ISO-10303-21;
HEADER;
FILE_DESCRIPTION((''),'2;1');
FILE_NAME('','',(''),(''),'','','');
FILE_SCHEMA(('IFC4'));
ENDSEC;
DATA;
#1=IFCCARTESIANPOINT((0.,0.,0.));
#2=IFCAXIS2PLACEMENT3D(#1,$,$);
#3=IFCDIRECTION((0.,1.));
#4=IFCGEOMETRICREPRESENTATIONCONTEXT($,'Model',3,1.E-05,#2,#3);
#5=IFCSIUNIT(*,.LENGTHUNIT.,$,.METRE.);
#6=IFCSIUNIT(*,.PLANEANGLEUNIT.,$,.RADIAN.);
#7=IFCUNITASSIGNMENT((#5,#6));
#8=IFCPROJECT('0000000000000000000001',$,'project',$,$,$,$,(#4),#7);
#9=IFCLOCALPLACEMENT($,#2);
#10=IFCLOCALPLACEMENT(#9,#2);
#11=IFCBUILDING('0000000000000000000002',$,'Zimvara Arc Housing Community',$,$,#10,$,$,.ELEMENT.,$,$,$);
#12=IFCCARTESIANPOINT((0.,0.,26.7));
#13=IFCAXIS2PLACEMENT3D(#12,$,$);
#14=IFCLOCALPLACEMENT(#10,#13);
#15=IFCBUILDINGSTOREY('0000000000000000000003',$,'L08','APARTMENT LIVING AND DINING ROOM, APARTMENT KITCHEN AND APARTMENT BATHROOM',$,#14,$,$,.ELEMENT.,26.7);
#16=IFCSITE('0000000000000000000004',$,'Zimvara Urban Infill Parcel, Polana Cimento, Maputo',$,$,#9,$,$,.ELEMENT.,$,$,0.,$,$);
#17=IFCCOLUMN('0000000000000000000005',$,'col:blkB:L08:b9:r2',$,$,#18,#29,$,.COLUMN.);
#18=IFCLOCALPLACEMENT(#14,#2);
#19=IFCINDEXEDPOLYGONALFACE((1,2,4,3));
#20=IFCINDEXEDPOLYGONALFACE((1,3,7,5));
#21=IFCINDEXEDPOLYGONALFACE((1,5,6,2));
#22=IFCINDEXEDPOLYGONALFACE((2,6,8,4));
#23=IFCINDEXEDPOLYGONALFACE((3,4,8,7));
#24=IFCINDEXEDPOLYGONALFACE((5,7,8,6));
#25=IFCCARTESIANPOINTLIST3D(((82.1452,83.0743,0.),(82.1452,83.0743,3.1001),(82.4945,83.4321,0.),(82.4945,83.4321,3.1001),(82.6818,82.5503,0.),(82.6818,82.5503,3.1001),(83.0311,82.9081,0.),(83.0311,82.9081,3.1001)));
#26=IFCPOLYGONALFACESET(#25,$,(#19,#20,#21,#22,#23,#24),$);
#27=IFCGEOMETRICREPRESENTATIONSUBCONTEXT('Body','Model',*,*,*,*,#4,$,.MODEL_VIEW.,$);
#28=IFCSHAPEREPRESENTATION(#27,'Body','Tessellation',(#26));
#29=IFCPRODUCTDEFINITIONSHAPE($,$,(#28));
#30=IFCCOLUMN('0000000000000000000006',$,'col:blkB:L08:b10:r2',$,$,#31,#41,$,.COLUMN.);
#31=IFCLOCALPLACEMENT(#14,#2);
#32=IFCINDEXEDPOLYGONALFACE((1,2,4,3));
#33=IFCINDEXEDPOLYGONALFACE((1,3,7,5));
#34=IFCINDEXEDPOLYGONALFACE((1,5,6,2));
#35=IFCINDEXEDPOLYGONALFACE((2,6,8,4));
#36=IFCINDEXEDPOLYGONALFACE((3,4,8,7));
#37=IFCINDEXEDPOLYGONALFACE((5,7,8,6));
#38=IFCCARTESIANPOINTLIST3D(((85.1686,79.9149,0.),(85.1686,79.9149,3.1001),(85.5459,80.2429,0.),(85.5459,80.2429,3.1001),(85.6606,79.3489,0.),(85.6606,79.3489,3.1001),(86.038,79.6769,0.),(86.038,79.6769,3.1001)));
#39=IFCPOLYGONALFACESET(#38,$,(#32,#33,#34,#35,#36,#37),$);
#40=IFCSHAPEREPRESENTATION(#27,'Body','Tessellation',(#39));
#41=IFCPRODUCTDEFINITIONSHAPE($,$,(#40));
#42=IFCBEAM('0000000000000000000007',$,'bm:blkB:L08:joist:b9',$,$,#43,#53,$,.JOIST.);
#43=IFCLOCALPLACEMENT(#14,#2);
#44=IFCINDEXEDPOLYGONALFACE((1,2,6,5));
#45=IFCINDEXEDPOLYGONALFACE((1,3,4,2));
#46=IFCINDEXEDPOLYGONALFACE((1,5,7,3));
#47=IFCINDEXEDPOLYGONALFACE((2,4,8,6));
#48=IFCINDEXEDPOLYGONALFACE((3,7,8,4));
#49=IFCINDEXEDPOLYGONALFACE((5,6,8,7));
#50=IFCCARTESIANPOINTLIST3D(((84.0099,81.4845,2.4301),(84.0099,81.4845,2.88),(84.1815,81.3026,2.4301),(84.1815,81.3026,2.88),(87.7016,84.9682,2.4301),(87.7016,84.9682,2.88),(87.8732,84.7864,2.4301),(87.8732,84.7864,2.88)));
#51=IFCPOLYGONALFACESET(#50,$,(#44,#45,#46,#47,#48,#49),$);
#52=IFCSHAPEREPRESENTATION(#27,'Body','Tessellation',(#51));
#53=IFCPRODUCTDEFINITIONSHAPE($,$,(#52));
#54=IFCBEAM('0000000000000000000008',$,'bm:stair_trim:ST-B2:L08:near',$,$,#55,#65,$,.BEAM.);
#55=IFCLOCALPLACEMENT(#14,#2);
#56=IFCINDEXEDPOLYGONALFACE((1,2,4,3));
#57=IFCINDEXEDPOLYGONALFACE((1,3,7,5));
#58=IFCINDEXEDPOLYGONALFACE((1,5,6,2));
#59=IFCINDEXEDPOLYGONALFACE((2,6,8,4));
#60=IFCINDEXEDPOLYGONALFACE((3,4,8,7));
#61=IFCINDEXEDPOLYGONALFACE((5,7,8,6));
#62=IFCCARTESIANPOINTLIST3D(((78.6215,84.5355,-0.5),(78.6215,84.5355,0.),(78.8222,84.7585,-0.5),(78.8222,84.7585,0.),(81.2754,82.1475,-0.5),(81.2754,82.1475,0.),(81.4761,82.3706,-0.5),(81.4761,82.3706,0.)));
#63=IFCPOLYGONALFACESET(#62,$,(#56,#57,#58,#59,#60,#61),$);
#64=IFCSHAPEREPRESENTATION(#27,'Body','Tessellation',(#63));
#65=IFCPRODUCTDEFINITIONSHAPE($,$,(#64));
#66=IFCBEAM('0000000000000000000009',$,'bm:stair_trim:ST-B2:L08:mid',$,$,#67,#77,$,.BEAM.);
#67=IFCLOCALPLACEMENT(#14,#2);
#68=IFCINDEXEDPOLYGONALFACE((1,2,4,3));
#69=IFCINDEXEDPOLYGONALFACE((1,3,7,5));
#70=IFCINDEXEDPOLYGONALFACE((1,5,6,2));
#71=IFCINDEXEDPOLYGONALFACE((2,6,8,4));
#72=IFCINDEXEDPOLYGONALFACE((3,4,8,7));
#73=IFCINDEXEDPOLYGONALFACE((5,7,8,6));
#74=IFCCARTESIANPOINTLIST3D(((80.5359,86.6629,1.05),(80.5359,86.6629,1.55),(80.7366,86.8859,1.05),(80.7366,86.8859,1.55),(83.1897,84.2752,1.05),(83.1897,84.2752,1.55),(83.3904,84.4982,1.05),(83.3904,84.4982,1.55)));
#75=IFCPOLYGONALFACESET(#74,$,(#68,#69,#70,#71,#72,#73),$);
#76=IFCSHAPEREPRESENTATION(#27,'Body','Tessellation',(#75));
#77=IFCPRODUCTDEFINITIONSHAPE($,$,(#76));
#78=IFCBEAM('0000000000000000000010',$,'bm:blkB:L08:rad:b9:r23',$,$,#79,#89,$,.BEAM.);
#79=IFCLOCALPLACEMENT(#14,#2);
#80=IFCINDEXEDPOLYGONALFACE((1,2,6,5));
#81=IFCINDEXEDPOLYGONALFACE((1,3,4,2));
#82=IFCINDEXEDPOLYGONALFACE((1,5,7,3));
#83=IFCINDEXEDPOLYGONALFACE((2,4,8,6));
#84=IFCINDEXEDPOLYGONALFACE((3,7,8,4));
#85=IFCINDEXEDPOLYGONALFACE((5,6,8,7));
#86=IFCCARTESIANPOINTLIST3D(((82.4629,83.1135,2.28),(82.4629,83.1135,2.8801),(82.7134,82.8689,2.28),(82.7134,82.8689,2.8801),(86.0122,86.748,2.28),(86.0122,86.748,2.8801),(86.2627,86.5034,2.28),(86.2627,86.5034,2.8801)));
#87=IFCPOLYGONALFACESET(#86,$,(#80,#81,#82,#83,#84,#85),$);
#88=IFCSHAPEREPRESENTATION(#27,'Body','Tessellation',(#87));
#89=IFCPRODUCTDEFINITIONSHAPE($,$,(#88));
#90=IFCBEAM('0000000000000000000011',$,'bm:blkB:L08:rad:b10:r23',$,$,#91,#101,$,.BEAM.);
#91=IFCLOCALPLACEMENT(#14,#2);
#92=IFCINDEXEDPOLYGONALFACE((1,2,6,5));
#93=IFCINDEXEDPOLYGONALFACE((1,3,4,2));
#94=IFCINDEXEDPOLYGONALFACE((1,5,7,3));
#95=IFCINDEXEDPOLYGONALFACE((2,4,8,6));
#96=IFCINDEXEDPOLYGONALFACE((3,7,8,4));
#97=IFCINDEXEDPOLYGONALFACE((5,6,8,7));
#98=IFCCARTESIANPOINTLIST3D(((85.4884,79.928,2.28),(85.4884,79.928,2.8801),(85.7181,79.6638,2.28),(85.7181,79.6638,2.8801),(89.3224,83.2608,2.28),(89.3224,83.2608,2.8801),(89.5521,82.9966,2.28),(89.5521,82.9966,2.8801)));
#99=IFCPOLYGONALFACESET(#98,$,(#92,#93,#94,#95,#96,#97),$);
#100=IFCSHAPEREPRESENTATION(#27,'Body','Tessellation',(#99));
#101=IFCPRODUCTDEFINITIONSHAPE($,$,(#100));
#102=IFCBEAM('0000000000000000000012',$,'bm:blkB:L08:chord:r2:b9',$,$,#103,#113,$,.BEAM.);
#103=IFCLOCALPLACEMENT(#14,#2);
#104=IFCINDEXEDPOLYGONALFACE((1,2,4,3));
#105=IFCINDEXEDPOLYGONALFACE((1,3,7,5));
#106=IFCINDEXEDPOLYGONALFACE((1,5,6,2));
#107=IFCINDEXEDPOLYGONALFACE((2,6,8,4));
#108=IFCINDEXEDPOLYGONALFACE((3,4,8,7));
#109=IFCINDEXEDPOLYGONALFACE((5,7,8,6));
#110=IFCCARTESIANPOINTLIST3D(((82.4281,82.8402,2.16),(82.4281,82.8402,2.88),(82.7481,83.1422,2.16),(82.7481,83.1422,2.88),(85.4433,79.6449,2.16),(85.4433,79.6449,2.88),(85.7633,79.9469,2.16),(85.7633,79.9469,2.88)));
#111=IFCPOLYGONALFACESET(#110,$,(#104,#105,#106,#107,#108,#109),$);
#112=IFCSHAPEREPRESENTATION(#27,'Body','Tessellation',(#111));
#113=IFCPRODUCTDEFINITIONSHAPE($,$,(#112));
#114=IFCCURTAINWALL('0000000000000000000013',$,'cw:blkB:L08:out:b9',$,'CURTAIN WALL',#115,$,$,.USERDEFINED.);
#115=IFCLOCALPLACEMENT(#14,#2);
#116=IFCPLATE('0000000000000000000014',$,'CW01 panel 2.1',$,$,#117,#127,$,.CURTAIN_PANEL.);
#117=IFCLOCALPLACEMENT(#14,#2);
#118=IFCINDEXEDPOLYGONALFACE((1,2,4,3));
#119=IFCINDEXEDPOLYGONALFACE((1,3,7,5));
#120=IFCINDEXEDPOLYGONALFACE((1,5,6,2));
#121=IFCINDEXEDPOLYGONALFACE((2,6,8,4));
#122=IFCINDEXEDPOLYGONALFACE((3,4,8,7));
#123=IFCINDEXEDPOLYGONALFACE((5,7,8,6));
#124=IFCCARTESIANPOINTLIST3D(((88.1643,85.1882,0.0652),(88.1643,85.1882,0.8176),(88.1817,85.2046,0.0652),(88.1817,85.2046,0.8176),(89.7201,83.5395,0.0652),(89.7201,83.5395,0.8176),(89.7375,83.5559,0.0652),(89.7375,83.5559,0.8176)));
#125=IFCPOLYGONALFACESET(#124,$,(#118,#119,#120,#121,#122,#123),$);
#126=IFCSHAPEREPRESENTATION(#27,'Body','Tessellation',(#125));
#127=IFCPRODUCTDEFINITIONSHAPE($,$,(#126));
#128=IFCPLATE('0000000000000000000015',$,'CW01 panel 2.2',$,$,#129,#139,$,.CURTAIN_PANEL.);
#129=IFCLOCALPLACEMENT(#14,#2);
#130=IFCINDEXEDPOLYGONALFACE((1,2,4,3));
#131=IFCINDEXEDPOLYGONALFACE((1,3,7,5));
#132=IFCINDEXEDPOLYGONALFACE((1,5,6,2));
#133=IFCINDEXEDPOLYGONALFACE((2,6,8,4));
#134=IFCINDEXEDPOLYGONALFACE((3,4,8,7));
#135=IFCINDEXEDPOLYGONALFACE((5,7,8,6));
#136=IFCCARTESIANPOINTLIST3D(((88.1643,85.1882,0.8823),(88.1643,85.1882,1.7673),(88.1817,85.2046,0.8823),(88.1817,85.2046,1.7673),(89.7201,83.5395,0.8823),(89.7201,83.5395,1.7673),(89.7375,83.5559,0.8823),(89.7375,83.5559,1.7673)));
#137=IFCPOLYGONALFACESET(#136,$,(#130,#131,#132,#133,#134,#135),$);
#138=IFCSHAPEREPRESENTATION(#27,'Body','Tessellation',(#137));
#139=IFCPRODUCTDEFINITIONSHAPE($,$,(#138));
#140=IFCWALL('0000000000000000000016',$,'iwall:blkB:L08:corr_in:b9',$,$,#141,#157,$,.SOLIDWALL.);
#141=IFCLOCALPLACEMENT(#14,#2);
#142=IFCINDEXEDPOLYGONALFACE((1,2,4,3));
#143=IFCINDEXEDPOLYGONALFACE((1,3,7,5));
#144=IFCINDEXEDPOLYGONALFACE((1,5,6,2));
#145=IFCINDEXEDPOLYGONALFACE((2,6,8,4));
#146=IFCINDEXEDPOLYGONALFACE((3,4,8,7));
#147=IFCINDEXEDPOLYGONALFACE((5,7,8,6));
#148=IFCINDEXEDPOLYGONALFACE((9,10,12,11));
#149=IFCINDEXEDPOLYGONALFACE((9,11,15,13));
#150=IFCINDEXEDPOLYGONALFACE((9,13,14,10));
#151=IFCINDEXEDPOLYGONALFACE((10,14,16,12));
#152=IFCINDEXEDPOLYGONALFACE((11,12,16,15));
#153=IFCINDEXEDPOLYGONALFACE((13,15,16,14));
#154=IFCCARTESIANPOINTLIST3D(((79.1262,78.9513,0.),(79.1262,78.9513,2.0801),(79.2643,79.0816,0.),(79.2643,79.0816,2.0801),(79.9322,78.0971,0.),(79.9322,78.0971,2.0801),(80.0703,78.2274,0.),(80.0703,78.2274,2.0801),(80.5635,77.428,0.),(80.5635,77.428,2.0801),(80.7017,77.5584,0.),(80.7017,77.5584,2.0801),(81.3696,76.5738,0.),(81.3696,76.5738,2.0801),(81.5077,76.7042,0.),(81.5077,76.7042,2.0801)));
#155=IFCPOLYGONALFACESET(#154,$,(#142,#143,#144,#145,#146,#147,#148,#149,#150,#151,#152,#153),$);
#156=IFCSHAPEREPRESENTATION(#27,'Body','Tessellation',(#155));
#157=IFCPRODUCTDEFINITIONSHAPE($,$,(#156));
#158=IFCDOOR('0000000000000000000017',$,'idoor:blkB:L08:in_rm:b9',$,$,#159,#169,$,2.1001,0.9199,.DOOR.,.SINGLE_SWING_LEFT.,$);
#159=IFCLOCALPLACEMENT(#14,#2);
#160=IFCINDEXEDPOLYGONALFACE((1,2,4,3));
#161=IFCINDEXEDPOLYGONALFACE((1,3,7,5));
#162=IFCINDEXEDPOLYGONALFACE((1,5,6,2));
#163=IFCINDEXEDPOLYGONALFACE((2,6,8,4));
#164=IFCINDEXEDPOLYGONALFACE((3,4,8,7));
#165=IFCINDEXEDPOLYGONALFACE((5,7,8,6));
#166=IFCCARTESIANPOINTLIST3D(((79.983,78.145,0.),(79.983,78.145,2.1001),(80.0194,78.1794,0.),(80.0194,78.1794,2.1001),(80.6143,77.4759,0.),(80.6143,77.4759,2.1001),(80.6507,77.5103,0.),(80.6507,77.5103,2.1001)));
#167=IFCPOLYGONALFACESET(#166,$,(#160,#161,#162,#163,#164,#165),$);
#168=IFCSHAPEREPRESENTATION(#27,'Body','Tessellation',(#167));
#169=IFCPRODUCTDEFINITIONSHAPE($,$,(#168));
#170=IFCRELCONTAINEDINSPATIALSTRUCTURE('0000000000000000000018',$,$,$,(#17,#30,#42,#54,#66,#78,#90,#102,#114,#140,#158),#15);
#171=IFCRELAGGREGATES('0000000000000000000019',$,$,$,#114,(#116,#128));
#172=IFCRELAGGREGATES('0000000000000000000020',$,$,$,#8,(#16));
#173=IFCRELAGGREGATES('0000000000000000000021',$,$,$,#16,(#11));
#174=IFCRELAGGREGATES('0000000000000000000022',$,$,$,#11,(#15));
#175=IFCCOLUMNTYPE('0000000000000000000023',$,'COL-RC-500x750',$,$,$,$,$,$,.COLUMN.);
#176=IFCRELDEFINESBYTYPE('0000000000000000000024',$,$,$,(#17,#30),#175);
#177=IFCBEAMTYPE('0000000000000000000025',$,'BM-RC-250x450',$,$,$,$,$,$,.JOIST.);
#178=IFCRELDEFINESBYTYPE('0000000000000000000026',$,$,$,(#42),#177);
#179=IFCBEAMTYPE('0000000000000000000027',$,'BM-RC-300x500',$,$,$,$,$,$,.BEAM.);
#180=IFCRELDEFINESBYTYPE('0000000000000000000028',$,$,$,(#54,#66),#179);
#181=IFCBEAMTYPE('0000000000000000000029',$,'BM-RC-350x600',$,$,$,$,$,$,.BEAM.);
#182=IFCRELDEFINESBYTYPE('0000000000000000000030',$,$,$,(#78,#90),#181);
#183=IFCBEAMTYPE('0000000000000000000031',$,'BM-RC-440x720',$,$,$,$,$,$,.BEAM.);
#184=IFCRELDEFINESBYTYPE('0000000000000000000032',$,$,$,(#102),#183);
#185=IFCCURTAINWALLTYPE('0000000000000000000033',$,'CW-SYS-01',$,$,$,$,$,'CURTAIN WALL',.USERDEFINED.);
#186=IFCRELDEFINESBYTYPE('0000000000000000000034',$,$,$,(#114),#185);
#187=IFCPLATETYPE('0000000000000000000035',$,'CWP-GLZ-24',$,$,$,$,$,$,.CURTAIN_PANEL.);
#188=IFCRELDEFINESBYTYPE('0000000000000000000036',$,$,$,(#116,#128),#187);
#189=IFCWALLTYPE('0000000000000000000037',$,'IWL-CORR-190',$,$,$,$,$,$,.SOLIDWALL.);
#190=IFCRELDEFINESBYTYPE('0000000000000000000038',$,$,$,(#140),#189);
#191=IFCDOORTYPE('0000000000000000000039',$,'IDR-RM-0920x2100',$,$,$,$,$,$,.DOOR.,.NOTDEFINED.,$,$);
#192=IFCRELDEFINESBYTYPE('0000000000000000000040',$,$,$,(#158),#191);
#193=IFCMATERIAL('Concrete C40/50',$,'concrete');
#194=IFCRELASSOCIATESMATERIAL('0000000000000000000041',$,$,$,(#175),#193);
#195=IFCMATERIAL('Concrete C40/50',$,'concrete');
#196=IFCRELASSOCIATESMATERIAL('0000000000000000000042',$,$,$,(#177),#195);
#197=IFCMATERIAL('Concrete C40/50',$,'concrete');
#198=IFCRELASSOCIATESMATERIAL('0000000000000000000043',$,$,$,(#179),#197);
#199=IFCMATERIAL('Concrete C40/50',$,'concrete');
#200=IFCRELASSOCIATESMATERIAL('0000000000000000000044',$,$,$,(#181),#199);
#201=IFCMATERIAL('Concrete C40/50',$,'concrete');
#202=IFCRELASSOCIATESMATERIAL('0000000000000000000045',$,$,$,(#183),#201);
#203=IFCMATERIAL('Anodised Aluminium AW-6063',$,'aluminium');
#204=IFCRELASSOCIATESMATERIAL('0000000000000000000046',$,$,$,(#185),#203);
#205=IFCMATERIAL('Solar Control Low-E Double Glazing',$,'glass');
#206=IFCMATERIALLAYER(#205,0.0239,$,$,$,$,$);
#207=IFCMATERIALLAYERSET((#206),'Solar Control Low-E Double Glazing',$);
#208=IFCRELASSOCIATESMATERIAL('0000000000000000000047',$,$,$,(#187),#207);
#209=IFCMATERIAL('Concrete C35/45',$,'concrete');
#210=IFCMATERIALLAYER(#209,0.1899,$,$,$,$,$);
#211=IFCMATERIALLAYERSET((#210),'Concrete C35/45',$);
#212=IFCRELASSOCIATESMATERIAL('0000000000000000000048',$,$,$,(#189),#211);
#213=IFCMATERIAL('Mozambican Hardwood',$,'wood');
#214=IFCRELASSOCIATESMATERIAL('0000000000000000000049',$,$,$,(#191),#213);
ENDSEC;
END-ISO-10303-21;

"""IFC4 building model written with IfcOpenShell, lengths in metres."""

from ifc_helpers import new_model, si_unit, direction, frame, frame_2d, origin, origin_2d, place, context, subcontext, project, spatial, rectangle, extrude, material, layer, layer_set, material_profile, profile_set, type_object, element, fill, aggregate, save


model = new_model("IFC4")

# Units and contexts
model_context = context("Model", 3, precision=1e-05, world=origin(), true_north=direction((0.0, 1.0)))
body_context = subcontext(model_context, "Body", "Model", "MODEL_VIEW")
ifc_project = project(units=[si_unit("LENGTHUNIT", "METRE"), si_unit("PLANEANGLEUNIT", "RADIAN")], contexts=[model_context])

# Site, building, storey
site_placement = place(None, origin())
site = spatial("IfcSite", under=ifc_project, at=site_placement, Name="Zimvara Urban Infill Parcel, Polana Cimento, Maputo", CompositionType="ELEMENT", RefElevation=0.0)
building_placement = place(site_placement, origin())
building = spatial("IfcBuilding", under=site, at=building_placement, Name="Zimvara Arc Housing Community", CompositionType="ELEMENT")
storey_placement = place(building_placement, frame((0.0, 0.0, 26.7)))
storey = spatial("IfcBuildingStorey", under=building, at=storey_placement, Name="L08", Description="APARTMENT LIVING AND DINING ROOM, APARTMENT KITCHEN AND APARTMENT BATHROOM", CompositionType="ELEMENT", Elevation=26.7)

# Columns
ifc_material_1 = material(Name="Concrete C40/50", Category="concrete")
ifc_material_profile_1 = material_profile(ifc_material_1, rectangle(XDim=0.5, YDim=0.75, at=origin_2d()), Name="RC 500x750")
ifc_profile_set_1 = profile_set([ifc_material_profile_1], Name="Concrete C40/50")
column_type = type_object("IfcColumnType", Name="COL-RC-500x750", PredefinedType="COLUMN", material=ifc_profile_set_1)
for number, where, z_axis, x_axis, name in (
    (1, (82.5881, 82.9912, 0.0), (0.0, 0.0, 1.0), (0.698665, 0.715449, 0.0), "col:blkB:L08:b9:r2"),
    (2, (85.6033, 79.7959, 0.0), (0.0, 0.0, 1.0), (0.75471, 0.656059, 0.0), "col:blkB:L08:b10:r2"),
):
    element("IfcColumn", number, at=place(storey_placement, frame(where, z_axis=z_axis, x_axis=x_axis)), inside=storey, type_object=column_type, Name=name, PredefinedType="COLUMN", context=body_context, shape_type="SweptSolid", body=[
        extrude(rectangle(XDim=0.5, YDim=0.75, at=origin_2d()), origin(), (0.0, 0.0, 1.0), 3.1001),
    ])

# Beams
ifc_material_2 = material(Name="Concrete C40/50", Category="concrete")
ifc_material_profile_2 = material_profile(ifc_material_2, rectangle(XDim=0.25, YDim=0.45, at=origin_2d()), Name="RC 250x450")
ifc_profile_set_2 = profile_set([ifc_material_profile_2], Name="Concrete C40/50")
beam_type_1 = type_object("IfcBeamType", Name="BM-RC-250x450", PredefinedType="JOIST", material=ifc_profile_set_2)
beam_1_placement = place(storey_placement, frame((84.0957, 81.3936, 2.655), z_axis=(0.7273, 0.68632, 0.0), x_axis=(-0.68632, 0.7273, 0.0)))
element("IfcBeam", 3, at=beam_1_placement, inside=storey, type_object=beam_type_1, Name="bm:blkB:L08:joist:b9", PredefinedType="JOIST", context=body_context, shape_type="SweptSolid", body=[
    extrude(rectangle(XDim=0.25, YDim=0.45, at=origin_2d()), origin(), (0.0, 0.0, 1.0), 5.0759),
])
ifc_material_3 = material(Name="Concrete C40/50", Category="concrete")
ifc_material_profile_3 = material_profile(ifc_material_3, rectangle(XDim=0.3, YDim=0.5, at=origin_2d()), Name="RC 300x500")
ifc_profile_set_3 = profile_set([ifc_material_profile_3], Name="Concrete C40/50")
beam_type_2 = type_object("IfcBeamType", Name="BM-RC-300x500", PredefinedType="BEAM", material=ifc_profile_set_3)
beam_2_placement = place(storey_placement, frame((81.3757, 82.259, -0.25), z_axis=(-0.743362, 0.668889, 0.0), x_axis=(-0.668889, -0.743362, 0.0)))
element("IfcBeam", 4, at=beam_2_placement, inside=storey, type_object=beam_type_2, Name="bm:stair_trim:ST-B2:L08:near", PredefinedType="BEAM", context=body_context, shape_type="SweptSolid", body=[
    extrude(rectangle(XDim=0.3, YDim=0.5, at=origin_2d()), origin(), (0.0, 0.0, 1.0), 3.5701),
])
beam_3_placement = place(storey_placement, frame((83.29, 84.3867, 1.3), z_axis=(-0.743396, 0.668851, 0.0), x_axis=(-0.668851, -0.743396, 0.0)))
element("IfcBeam", 5, at=beam_3_placement, inside=storey, type_object=beam_type_2, Name="bm:stair_trim:ST-B2:L08:mid", PredefinedType="BEAM", context=body_context, shape_type="SweptSolid", body=[
    extrude(rectangle(XDim=0.3, YDim=0.5, at=origin_2d()), origin(), (0.0, 0.0, 1.0), 3.5698),
])
ifc_material_4 = material(Name="Concrete C40/50", Category="concrete")
ifc_material_profile_4 = material_profile(ifc_material_4, rectangle(XDim=0.3501, YDim=0.6001, at=origin_2d()), Name="RC 350x600")
ifc_profile_set_4 = profile_set([ifc_material_profile_4], Name="Concrete C40/50")
beam_type_3 = type_object("IfcBeamType", Name="BM-RC-350x600", PredefinedType="BEAM", material=ifc_profile_set_4)
for number, where, z_axis, x_axis, name in (
    (6, (82.5881, 82.9912, 2.5801), (0.698671, 0.715443, 0.0), (-0.715443, 0.698671, 0.0), "bm:blkB:L08:rad:b9:r23"),
    (7, (85.6033, 79.7959, 2.5801), (0.754716, 0.656051, 0.0), (-0.656051, 0.754716, 0.0), "bm:blkB:L08:rad:b10:r23"),
):
    element("IfcBeam", number, at=place(storey_placement, frame(where, z_axis=z_axis, x_axis=x_axis)), inside=storey, type_object=beam_type_3, Name=name, PredefinedType="BEAM", context=body_context, shape_type="SweptSolid", body=[
        extrude(rectangle(XDim=0.3501, YDim=0.6001, at=origin_2d()), origin(), (0.0, 0.0, 1.0), 5.0801),
    ])
ifc_material_5 = material(Name="Concrete C40/50", Category="concrete")
ifc_material_profile_5 = material_profile(ifc_material_5, rectangle(XDim=0.4399, YDim=0.72, at=origin_2d()), Name="RC 440x720")
ifc_profile_set_5 = profile_set([ifc_material_profile_5], Name="Concrete C40/50")
beam_type_4 = type_object("IfcBeamType", Name="BM-RC-440x720", PredefinedType="BEAM", material=ifc_profile_set_5)
beam_4_placement = place(storey_placement, frame((82.5881, 82.9912, 2.52), z_axis=(0.686304, -0.727315, 0.0), x_axis=(0.727315, 0.686304, 0.0)))
element("IfcBeam", 8, at=beam_4_placement, inside=storey, type_object=beam_type_4, Name="bm:blkB:L08:chord:r2:b9", PredefinedType="BEAM", context=body_context, shape_type="SweptSolid", body=[
    extrude(rectangle(XDim=0.4399, YDim=0.72, at=origin_2d()), origin(), (0.0, 0.0, 1.0), 4.3933),
])

# Curtain wall, plates
ifc_material_6 = material(Name="Anodised Aluminium AW-6063", Category="aluminium")
curtain_wall_type = type_object("IfcCurtainWallType", Name="CW-SYS-01", ElementType="CURTAIN WALL", PredefinedType="USERDEFINED", material=ifc_material_6)
curtain_wall_placement = place(storey_placement, origin())
curtain_wall = element("IfcCurtainWall", 9, at=curtain_wall_placement, inside=storey, type_object=curtain_wall_type, Name="cw:blkB:L08:out:b9", ObjectType="CURTAIN WALL", PredefinedType="USERDEFINED")
ifc_material_7 = material(Name="Solar Control Low-E Double Glazing", Category="glass")
ifc_layer_1 = layer(ifc_material_7, 0.0239)
ifc_layer_set_1 = layer_set([ifc_layer_1], Name="Solar Control Low-E Double Glazing")
plate_type = type_object("IfcPlateType", Name="CWP-GLZ-24", PredefinedType="CURTAIN_PANEL", material=ifc_layer_set_1)
plate_1_placement = place(storey_placement, frame((88.9509, 84.3721, 0.0652), z_axis=(0.0, 0.0, 1.0), x_axis=(0.686326, -0.727294, 0.0)))
plate_1 = element("IfcPlate", 10, at=plate_1_placement, type_object=plate_type, Name="CW01 panel 2.1", PredefinedType="CURTAIN_PANEL", context=body_context, shape_type="SweptSolid", body=[
    extrude(rectangle(XDim=2.2668, YDim=0.0239, at=origin_2d()), origin(), (0.0, 0.0, 1.0), 0.7524),
])
plate_2_placement = place(storey_placement, frame((88.9509, 84.3721, 0.8823), z_axis=(0.0, 0.0, 1.0), x_axis=(0.686326, -0.727294, 0.0)))
plate_2 = element("IfcPlate", 11, at=plate_2_placement, type_object=plate_type, Name="CW01 panel 2.2", PredefinedType="CURTAIN_PANEL", context=body_context, shape_type="SweptSolid", body=[
    extrude(rectangle(XDim=2.2668, YDim=0.0239, at=origin_2d()), origin(), (0.0, 0.0, 1.0), 0.885),
])
aggregate(curtain_wall, [plate_1, plate_2])

# Wall, opening, door
ifc_material_8 = material(Name="Concrete C35/45", Category="concrete")
ifc_layer_2 = layer(ifc_material_8, 0.1899)
ifc_layer_set_2 = layer_set([ifc_layer_2], Name="Concrete C35/45")
wall_type_1 = type_object("IfcWallType", Name="IWL-CORR-190", PredefinedType="SOLIDWALL", material=ifc_layer_set_2)
wall_1_placement = place(storey_placement, frame((79.1953, 79.0164, 0.0), z_axis=(0.0, 0.0, 1.0), x_axis=(0.686308, -0.727311, 0.0)))
wall_1 = element("IfcWall", 12, at=wall_1_placement, inside=storey, type_object=wall_type_1, Name="iwall:blkB:L08:corr_in:b9", PredefinedType="SOLIDWALL", context=body_context, shape_type="SweptSolid", body=[
    extrude(rectangle(XDim=3.2688, YDim=0.1899, at=frame_2d((1.6343, 0.0))), origin(), (0.0, 0.0, 1.0), 2.0801),
])
opening_1_placement = place(wall_1_placement, frame((1.1743, 0.0, 0.0)))
opening_1 = element("IfcOpeningElement", 13, at=opening_1_placement, cuts=wall_1, PredefinedType="OPENING", context=body_context, shape_type="SweptSolid", body=[
    extrude(rectangle(XDim=0.9199, YDim=2.1001, at=frame_2d((0.46, 1.05))), frame((0.0, 0.105, 0.0), z_axis=(0.0, -1.0, 0.0), x_axis=(1.0, 0.0, 0.0)), (0.0, 0.0, 1.0), 0.21),
])
ifc_material_9 = material(Name="Mozambican Hardwood", Category="wood")
door_type_1 = type_object("IfcDoorType", Name="IDR-RM-0920x2100", OperationType="NOTDEFINED", PredefinedType="DOOR", material=ifc_material_9)
door_1_placement = place(opening_1_placement, origin())
door_1 = element("IfcDoor", 14, at=door_1_placement, inside=storey, type_object=door_type_1, Name="idoor:blkB:L08:in_rm:b9", OperationType="SINGLE_SWING_LEFT", OverallHeight=2.1001, OverallWidth=0.9199, PredefinedType="DOOR", context=body_context, shape_type="SweptSolid", body=[
    extrude(rectangle(XDim=0.9199, YDim=2.1001, at=frame_2d((0.46, 1.05))), frame((0.0, 0.0249, 0.0), z_axis=(0.0, -1.0, 0.0), x_axis=(1.0, 0.0, 0.0)), (0.0, 0.0, 1.0), 0.05),
])
fill(opening_1, door_1)

save(model, "model.ifc")
